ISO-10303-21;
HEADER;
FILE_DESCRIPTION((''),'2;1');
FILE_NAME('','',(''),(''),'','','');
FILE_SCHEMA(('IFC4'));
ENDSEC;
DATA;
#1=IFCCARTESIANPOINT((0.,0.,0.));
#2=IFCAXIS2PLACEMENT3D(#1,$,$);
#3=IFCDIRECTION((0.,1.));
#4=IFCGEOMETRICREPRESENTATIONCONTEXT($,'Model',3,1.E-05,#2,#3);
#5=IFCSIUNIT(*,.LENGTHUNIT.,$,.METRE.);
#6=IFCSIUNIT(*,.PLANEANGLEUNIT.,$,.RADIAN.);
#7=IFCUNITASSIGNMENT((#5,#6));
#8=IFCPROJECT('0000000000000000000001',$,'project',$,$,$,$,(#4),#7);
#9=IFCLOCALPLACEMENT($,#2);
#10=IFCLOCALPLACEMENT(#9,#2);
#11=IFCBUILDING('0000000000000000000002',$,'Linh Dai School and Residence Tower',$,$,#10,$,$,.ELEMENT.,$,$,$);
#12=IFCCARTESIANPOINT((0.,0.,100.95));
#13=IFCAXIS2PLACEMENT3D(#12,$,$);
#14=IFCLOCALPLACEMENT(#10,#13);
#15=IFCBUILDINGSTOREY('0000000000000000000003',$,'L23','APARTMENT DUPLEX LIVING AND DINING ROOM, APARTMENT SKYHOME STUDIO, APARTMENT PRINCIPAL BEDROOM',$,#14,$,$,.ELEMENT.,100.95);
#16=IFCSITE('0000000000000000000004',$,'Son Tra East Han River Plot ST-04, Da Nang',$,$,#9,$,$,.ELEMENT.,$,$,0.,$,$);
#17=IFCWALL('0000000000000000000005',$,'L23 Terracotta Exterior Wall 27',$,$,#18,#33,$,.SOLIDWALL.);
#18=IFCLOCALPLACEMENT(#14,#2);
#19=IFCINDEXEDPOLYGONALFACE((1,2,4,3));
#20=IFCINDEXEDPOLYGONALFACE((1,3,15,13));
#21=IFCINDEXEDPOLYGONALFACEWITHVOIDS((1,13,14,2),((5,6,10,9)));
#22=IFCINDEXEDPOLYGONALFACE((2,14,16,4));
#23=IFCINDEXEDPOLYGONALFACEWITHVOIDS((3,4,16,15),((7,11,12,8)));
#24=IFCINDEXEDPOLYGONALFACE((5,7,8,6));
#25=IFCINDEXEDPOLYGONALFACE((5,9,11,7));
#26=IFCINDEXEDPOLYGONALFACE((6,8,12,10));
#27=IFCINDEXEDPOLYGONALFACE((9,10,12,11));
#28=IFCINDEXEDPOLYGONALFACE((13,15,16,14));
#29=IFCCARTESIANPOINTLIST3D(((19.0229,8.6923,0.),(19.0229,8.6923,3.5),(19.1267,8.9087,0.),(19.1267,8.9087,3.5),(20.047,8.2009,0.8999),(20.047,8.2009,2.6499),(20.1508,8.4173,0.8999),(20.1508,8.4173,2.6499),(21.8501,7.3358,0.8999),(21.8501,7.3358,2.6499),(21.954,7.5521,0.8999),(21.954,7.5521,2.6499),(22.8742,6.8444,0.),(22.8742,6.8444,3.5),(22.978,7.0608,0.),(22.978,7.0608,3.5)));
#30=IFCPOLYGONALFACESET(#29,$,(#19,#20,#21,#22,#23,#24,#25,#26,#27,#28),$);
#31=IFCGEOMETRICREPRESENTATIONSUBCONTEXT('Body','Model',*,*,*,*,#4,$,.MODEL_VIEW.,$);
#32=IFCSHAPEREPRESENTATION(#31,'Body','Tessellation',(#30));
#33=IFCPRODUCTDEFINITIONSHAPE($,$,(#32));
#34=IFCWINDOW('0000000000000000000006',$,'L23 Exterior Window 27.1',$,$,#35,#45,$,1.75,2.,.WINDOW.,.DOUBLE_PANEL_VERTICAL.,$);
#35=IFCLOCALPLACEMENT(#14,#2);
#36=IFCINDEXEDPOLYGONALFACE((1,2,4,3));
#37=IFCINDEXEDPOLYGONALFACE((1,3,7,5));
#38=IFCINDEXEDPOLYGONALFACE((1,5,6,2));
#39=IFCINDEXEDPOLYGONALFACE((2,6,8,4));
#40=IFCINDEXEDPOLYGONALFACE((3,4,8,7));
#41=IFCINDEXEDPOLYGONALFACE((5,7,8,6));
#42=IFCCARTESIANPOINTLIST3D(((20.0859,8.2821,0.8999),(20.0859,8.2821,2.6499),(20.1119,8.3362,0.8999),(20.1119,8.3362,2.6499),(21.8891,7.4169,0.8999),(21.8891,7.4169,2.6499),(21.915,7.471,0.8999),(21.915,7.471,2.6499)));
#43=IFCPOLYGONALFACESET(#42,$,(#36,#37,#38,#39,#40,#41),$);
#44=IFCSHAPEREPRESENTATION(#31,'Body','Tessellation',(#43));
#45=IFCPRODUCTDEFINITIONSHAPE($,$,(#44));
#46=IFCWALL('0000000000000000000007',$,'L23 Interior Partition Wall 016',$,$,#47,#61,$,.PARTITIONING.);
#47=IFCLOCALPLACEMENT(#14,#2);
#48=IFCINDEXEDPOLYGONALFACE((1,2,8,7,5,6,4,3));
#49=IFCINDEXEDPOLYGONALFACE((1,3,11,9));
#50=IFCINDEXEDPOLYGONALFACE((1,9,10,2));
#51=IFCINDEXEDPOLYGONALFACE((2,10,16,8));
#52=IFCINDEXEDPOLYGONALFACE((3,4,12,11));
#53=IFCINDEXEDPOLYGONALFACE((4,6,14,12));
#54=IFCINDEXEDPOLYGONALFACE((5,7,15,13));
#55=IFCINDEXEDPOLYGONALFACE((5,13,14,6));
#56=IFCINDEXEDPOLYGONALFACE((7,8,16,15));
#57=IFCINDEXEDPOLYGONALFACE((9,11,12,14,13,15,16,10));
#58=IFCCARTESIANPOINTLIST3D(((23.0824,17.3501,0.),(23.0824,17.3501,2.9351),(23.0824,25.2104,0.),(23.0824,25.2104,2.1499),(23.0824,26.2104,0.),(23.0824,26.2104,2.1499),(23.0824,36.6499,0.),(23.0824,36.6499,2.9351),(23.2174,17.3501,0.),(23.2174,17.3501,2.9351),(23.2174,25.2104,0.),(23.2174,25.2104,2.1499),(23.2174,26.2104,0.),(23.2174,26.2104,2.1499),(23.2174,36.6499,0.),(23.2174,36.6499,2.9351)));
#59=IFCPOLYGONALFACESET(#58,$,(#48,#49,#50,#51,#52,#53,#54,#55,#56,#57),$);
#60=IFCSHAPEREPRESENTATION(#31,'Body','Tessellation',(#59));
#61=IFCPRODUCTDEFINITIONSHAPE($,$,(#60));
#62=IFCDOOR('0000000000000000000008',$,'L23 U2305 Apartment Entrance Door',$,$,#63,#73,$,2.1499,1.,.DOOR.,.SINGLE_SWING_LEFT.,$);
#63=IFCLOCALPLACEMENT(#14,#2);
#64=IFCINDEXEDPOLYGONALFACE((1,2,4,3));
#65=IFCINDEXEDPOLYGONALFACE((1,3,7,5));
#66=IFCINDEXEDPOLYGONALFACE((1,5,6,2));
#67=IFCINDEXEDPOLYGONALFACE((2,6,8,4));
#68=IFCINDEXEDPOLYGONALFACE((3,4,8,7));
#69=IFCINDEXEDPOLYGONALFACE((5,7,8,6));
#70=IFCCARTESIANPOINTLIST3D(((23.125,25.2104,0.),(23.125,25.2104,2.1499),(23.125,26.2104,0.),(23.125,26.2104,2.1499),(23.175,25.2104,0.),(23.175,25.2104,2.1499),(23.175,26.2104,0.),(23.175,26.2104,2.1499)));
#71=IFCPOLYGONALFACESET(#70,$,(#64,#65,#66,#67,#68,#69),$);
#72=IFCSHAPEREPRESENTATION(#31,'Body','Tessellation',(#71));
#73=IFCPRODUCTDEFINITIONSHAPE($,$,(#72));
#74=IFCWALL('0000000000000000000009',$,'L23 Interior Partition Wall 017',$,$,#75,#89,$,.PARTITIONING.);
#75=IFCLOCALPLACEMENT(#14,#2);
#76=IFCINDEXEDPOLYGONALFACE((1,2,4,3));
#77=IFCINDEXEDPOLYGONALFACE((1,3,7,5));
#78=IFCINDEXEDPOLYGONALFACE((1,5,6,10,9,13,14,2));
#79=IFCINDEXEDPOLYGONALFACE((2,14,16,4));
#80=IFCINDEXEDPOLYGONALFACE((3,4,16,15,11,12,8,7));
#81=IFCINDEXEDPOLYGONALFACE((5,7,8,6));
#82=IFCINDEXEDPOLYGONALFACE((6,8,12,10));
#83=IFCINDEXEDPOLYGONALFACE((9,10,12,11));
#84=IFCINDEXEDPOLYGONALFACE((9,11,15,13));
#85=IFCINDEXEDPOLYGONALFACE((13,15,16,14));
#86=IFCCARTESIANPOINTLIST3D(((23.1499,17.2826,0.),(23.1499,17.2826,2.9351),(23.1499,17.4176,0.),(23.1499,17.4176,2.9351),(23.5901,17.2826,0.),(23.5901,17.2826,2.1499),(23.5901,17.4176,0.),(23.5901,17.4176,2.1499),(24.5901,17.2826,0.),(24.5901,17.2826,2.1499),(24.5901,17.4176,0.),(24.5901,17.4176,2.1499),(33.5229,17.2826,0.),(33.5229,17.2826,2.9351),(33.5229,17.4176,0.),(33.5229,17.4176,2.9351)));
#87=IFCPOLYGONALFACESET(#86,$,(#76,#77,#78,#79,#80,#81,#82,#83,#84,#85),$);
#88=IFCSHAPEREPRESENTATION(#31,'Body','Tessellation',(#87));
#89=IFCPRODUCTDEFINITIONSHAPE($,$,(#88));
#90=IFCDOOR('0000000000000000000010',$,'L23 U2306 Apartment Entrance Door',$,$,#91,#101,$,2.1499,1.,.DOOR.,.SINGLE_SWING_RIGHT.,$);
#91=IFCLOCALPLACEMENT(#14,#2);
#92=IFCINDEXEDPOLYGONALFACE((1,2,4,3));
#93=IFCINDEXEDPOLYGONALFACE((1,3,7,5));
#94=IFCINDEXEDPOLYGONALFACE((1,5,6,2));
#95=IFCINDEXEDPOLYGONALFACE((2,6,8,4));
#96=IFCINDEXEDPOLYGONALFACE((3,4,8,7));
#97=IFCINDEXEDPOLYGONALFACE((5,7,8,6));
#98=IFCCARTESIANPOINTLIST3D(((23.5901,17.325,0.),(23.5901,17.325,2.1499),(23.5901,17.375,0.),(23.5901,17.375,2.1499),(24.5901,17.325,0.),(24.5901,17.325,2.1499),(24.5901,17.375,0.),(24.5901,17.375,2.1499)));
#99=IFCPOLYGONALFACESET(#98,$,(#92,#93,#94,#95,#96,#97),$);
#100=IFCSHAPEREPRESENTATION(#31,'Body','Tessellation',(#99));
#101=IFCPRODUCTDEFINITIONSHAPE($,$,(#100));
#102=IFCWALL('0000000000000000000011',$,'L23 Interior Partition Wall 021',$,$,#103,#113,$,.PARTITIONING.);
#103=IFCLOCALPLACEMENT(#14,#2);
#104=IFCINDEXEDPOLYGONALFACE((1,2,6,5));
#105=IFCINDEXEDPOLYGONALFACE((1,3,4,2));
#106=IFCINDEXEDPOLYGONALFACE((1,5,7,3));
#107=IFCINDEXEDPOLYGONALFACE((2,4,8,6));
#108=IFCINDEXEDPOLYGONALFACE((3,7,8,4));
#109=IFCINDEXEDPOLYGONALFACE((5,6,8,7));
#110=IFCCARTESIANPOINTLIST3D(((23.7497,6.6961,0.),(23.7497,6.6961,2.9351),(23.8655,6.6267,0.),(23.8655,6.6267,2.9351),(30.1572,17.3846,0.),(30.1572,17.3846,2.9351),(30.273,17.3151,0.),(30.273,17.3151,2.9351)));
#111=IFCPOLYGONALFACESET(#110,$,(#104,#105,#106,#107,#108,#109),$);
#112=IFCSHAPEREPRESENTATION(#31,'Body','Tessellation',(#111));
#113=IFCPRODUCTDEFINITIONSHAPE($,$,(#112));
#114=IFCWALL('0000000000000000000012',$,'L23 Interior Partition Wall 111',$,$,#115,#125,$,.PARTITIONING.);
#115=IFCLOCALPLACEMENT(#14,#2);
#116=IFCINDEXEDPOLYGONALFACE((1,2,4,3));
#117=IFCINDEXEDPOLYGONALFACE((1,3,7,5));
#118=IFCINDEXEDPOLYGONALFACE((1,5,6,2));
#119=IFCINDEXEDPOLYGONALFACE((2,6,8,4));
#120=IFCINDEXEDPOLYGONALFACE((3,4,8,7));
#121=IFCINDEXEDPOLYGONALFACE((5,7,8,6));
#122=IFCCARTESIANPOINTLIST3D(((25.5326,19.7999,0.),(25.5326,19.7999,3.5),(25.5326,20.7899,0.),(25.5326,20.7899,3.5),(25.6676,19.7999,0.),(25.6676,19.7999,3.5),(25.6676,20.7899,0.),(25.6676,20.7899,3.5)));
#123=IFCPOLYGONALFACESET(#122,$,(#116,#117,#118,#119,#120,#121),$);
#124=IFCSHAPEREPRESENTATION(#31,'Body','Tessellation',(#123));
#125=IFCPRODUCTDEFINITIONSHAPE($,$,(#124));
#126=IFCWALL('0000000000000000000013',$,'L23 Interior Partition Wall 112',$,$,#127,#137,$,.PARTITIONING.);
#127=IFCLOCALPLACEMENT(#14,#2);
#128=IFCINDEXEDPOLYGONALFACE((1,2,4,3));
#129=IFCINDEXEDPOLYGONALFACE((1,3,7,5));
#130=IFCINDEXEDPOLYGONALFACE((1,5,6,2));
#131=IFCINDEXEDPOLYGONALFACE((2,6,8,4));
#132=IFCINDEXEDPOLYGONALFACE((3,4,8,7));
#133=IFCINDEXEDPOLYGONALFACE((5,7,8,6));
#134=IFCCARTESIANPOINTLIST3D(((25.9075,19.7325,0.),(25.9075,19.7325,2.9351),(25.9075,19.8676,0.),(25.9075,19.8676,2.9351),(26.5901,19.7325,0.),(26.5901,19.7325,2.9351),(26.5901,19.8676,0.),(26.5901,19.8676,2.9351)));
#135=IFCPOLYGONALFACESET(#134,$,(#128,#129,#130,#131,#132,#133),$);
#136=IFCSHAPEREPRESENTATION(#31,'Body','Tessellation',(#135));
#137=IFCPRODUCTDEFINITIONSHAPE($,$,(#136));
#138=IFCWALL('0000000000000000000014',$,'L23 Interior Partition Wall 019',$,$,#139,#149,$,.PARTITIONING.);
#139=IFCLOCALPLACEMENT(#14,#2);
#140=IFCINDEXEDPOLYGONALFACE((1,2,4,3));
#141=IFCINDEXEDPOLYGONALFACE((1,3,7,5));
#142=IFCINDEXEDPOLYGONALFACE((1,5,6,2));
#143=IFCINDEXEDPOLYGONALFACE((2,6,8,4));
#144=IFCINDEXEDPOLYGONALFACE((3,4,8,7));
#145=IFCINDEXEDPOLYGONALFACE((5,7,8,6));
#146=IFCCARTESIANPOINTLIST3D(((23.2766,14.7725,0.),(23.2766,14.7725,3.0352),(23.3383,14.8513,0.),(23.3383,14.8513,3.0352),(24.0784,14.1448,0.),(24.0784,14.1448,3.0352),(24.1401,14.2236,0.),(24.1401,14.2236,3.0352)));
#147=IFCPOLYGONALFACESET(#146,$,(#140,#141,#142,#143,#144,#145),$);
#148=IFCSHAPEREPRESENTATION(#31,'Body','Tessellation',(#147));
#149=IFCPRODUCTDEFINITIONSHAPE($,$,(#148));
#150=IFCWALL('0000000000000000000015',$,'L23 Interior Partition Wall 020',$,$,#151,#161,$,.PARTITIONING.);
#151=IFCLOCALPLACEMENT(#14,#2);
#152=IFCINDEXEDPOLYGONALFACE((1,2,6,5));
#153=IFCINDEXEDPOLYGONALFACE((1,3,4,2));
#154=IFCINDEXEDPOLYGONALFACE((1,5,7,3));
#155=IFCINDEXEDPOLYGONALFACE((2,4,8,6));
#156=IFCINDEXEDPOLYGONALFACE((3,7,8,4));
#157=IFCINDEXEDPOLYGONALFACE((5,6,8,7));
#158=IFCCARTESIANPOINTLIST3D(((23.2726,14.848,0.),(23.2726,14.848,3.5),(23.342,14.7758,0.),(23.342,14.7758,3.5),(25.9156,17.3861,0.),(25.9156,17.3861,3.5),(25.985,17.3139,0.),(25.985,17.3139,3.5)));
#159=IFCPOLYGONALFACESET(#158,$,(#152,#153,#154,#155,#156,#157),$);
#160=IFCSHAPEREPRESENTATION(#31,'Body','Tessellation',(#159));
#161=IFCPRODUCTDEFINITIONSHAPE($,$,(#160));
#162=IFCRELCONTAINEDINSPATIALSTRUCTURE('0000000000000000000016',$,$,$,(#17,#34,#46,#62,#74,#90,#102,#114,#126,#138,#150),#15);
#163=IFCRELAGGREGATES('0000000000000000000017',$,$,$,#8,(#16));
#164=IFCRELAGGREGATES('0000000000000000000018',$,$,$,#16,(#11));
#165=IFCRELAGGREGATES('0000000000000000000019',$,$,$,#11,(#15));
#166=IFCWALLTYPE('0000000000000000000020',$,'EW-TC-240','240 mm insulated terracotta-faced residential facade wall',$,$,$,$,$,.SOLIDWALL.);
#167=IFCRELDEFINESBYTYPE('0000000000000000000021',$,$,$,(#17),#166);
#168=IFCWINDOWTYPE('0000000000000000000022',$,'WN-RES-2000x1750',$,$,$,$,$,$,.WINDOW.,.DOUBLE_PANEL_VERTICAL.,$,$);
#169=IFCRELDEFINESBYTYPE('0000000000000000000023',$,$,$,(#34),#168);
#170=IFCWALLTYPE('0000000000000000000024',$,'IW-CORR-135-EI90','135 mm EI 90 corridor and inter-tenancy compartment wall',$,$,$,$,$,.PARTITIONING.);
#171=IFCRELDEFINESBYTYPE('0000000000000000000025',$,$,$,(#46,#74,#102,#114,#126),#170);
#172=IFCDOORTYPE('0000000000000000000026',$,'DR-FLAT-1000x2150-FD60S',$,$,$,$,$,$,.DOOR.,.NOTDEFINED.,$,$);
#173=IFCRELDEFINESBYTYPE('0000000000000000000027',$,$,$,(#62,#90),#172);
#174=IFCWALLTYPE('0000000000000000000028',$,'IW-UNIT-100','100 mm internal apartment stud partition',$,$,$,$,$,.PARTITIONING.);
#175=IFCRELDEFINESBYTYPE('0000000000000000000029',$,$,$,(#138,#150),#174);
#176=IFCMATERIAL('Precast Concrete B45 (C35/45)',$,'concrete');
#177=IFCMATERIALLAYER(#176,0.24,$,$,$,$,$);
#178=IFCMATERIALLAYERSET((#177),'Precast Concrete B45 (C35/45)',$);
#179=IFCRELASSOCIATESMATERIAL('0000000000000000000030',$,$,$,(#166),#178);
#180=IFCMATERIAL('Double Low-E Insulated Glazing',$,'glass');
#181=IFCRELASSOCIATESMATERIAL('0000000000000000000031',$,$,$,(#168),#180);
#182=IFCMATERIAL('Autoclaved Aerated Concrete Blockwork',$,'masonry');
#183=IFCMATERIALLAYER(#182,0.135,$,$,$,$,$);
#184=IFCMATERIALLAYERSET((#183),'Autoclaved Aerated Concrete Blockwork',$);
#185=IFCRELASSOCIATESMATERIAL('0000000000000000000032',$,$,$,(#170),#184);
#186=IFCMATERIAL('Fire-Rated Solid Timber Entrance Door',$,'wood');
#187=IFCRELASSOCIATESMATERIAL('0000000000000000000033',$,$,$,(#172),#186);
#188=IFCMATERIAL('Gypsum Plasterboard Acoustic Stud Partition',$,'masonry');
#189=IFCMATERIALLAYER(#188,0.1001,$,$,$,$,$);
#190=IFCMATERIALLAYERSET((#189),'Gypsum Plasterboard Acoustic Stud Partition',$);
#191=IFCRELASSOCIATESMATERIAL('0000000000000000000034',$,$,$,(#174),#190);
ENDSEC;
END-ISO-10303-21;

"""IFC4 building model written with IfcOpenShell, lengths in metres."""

from ifc_helpers import new_model, si_unit, direction, frame, frame_2d, origin, origin_2d, place, context, subcontext, project, spatial, rectangle, extrude, source, transform, mapped, material, layer, layer_set, type_object, element, fill, save


model = new_model("IFC4")

# Units and contexts
model_context = context("Model", 3, precision=1e-05, world=origin(), true_north=direction((0.0, 1.0)))
body_context = subcontext(model_context, "Body", "Model", "MODEL_VIEW")
ifc_project = project(units=[si_unit("LENGTHUNIT", "METRE"), si_unit("PLANEANGLEUNIT", "RADIAN")], contexts=[model_context])

# Site, building, storey
site_placement = place(None, origin())
site = spatial("IfcSite", under=ifc_project, at=site_placement, Name="Son Tra East Han River Plot ST-04, Da Nang", CompositionType="ELEMENT", RefElevation=0.0)
building_placement = place(site_placement, origin())
building = spatial("IfcBuilding", under=site, at=building_placement, Name="Linh Dai School and Residence Tower", CompositionType="ELEMENT")
storey_placement = place(building_placement, frame((0.0, 0.0, 100.95)))
storey = spatial("IfcBuildingStorey", under=building, at=storey_placement, Name="L23", Description="APARTMENT DUPLEX LIVING AND DINING ROOM, APARTMENT SKYHOME STUDIO, APARTMENT PRINCIPAL BEDROOM", CompositionType="ELEMENT", Elevation=100.95)

# Shared definitions
ifc_material_1 = material(Name="Precast Concrete B45 (C35/45)", Category="concrete")

# Shared definitions
ifc_layer_1 = layer(ifc_material_1, 0.24)
ifc_layer_set_1 = layer_set([ifc_layer_1], Name="Precast Concrete B45 (C35/45)")
wall_type_1 = type_object("IfcWallType", Name="EW-TC-240", Description="240 mm insulated terracotta-faced residential facade wall", PredefinedType="SOLIDWALL", material=ifc_layer_set_1)

# Wall, opening, window
wall_1_placement = place(storey_placement, frame((22.926, 6.9526, 0.0), z_axis=(0.0, 0.0, 1.0), x_axis=(-0.90159, 0.432592, 0.0)))
wall_1 = element("IfcWall", 1, at=wall_1_placement, inside=storey, type_object=wall_type_1, Name="L23 Terracotta Exterior Wall 27", PredefinedType="SOLIDWALL", context=body_context, shape_type="SweptSolid", body=[
    extrude(rectangle(XDim=4.2717, YDim=0.24, at=frame_2d((2.1357, 0.0))), origin(), (0.0, 0.0, 1.0), 3.5),
])
opening_1_placement = place(wall_1_placement, frame((1.1357, 0.0, 0.8999)))
opening_1 = element("IfcOpeningElement", 2, at=opening_1_placement, cuts=wall_1, PredefinedType="OPENING", context=body_context, shape_type="SweptSolid", body=[
    extrude(rectangle(XDim=2.0, YDim=1.75, at=origin_2d()), frame((1.0, 0.1299, 0.875), z_axis=(0.0, -1.0, 0.0), x_axis=(1.0, 0.0, 0.0)), (0.0, 0.0, 1.0), 0.26),
])
ifc_material_2 = material(Name="Double Low-E Insulated Glazing", Category="glass")
window_type = type_object("IfcWindowType", Name="WN-RES-2000x1750", PartitioningType="DOUBLE_PANEL_VERTICAL", PredefinedType="WINDOW", material=ifc_material_2)
shared_shape_1 = source(origin(), body_context, "Body", "SweptSolid", [
    extrude(rectangle(XDim=2.0, YDim=1.75, at=origin_2d()), frame((1.0, 0.03, 0.875), z_axis=(0.0, -1.0, 0.0), x_axis=(1.0, 0.0, 0.0)), (0.0, 0.0, 1.0), 0.0601),
])
window_placement = place(opening_1_placement, origin())
window = element("IfcWindow", 3, at=window_placement, inside=storey, type_object=window_type, Name="L23 Exterior Window 27.1", OverallHeight=1.75, OverallWidth=2.0, PartitioningType="DOUBLE_PANEL_VERTICAL", PredefinedType="WINDOW", context=body_context, shape_type="MappedRepresentation", body=[
    mapped(shared_shape_1, transform((0.0, 0.0, 0.0), x_axis=(1.0, 0.0, 0.0), y_axis=(0.0, 1.0, 0.0), z_axis=(0.0, 0.0, 1.0), scale=1.0)),
])
fill(opening_1, window)

# Walls, openings, doors
ifc_material_3 = material(Name="Autoclaved Aerated Concrete Blockwork", Category="masonry")
ifc_layer_2 = layer(ifc_material_3, 0.135)
ifc_layer_set_2 = layer_set([ifc_layer_2], Name="Autoclaved Aerated Concrete Blockwork")
wall_type_2 = type_object("IfcWallType", Name="IW-CORR-135-EI90", Description="135 mm EI 90 corridor and inter-tenancy compartment wall", PredefinedType="PARTITIONING", material=ifc_layer_set_2)
wall_2_placement = place(storey_placement, frame((23.1499, 17.3501, 0.0), z_axis=(0.0, 0.0, 1.0), x_axis=(0.0, 1.0, 0.0)))
wall_2 = element("IfcWall", 4, at=wall_2_placement, inside=storey, type_object=wall_type_2, Name="L23 Interior Partition Wall 016", PredefinedType="PARTITIONING", context=body_context, shape_type="SweptSolid", body=[
    extrude(rectangle(XDim=19.2998, YDim=0.135, at=frame_2d((9.6499, 0.0))), origin(), (0.0, 0.0, 1.0), 2.9351),
])
opening_2_placement = place(wall_2_placement, frame((7.8604, 0.0, 0.0)))
opening_2 = element("IfcOpeningElement", 5, at=opening_2_placement, cuts=wall_2, PredefinedType="OPENING", context=body_context, shape_type="SweptSolid", body=[
    extrude(rectangle(XDim=1.0, YDim=2.1499, at=origin_2d()), frame((0.5, 0.0776, 1.075), z_axis=(0.0, -1.0, 0.0), x_axis=(1.0, 0.0, 0.0)), (0.0, 0.0, 1.0), 0.155),
])
ifc_material_4 = material(Name="Fire-Rated Solid Timber Entrance Door", Category="wood")
door_type_1 = type_object("IfcDoorType", Name="DR-FLAT-1000x2150-FD60S", OperationType="NOTDEFINED", PredefinedType="DOOR", material=ifc_material_4)
shared_shape_2 = source(origin(), body_context, "Body", "SweptSolid", [
    extrude(rectangle(XDim=1.0, YDim=2.1499, at=origin_2d()), frame((0.5, 0.0249, 1.075), z_axis=(0.0, -1.0, 0.0), x_axis=(1.0, 0.0, 0.0)), (0.0, 0.0, 1.0), 0.05),
])
door_1_placement = place(opening_2_placement, origin())
door_1 = element("IfcDoor", 6, at=door_1_placement, inside=storey, type_object=door_type_1, Name="L23 U2305 Apartment Entrance Door", OperationType="SINGLE_SWING_LEFT", OverallHeight=2.1499, OverallWidth=1.0, PredefinedType="DOOR", context=body_context, shape_type="MappedRepresentation", body=[
    mapped(shared_shape_2, transform((0.0, 0.0, 0.0), x_axis=(1.0, 0.0, 0.0), y_axis=(0.0, 1.0, 0.0), z_axis=(0.0, 0.0, 1.0), scale=1.0)),
])
fill(opening_2, door_1)
wall_3_placement = place(storey_placement, frame((23.1499, 17.3501, 0.0), z_axis=(0.0, 0.0, 1.0), x_axis=(1.0, 0.0, 0.0)))
wall_3 = element("IfcWall", 7, at=wall_3_placement, inside=storey, type_object=wall_type_2, Name="L23 Interior Partition Wall 017", PredefinedType="PARTITIONING", context=body_context, shape_type="SweptSolid", body=[
    extrude(rectangle(XDim=10.373, YDim=0.135, at=frame_2d((5.1865, 0.0))), origin(), (0.0, 0.0, 1.0), 2.9351),
])
opening_3_placement = place(wall_3_placement, frame((0.4402, 0.0, 0.0)))
opening_3 = element("IfcOpeningElement", 8, at=opening_3_placement, cuts=wall_3, PredefinedType="OPENING", context=body_context, shape_type="SweptSolid", body=[
    extrude(rectangle(XDim=1.0, YDim=2.1499, at=origin_2d()), frame((0.5, 0.0776, 1.075), z_axis=(0.0, -1.0, 0.0), x_axis=(1.0, 0.0, 0.0)), (0.0, 0.0, 1.0), 0.155),
])
door_2_placement = place(opening_3_placement, origin())
door_2 = element("IfcDoor", 9, at=door_2_placement, inside=storey, type_object=door_type_1, Name="L23 U2306 Apartment Entrance Door", OperationType="SINGLE_SWING_RIGHT", OverallHeight=2.1499, OverallWidth=1.0, PredefinedType="DOOR", context=body_context, shape_type="MappedRepresentation", body=[
    mapped(shared_shape_2, transform((0.0, 0.0, 0.0), x_axis=(1.0, 0.0, 0.0), y_axis=(0.0, 1.0, 0.0), z_axis=(0.0, 0.0, 1.0), scale=1.0)),
])
fill(opening_3, door_2)

# Walls
wall_4_placement = place(storey_placement, frame((23.8076, 6.6614, 0.0), z_axis=(0.0, 0.0, 1.0), x_axis=(0.514164, 0.857692, 0.0)))
element("IfcWall", 10, at=wall_4_placement, inside=storey, type_object=wall_type_2, Name="L23 Interior Partition Wall 021", PredefinedType="PARTITIONING", context=body_context, shape_type="SweptSolid", body=[
    extrude(rectangle(XDim=12.4619, YDim=0.135, at=frame_2d((6.231, 0.0))), origin(), (0.0, 0.0, 1.0), 2.9351),
])
wall_5_placement = place(storey_placement, frame((25.6001, 20.79, 0.0), z_axis=(0.0, 0.0, 1.0), x_axis=(0.0, -1.0, 0.0)))
element("IfcWall", 11, at=wall_5_placement, inside=storey, type_object=wall_type_2, Name="L23 Interior Partition Wall 111", PredefinedType="PARTITIONING", context=body_context, shape_type="SweptSolid", body=[
    extrude(rectangle(XDim=0.99, YDim=0.135, at=frame_2d((0.4951, 0.0))), origin(), (0.0, 0.0, 1.0), 3.5),
])
wall_6_placement = place(storey_placement, frame((25.9075, 19.8, 0.0), z_axis=(0.0, 0.0, 1.0), x_axis=(1.0, 0.0, 0.0)))
element("IfcWall", 12, at=wall_6_placement, inside=storey, type_object=wall_type_2, Name="L23 Interior Partition Wall 112", PredefinedType="PARTITIONING", context=body_context, shape_type="SweptSolid", body=[
    extrude(rectangle(XDim=0.6826, YDim=0.135, at=frame_2d((0.3413, 0.0))), origin(), (0.0, 0.0, 1.0), 2.9351),
])
ifc_material_5 = material(Name="Gypsum Plasterboard Acoustic Stud Partition", Category="masonry")
ifc_layer_3 = layer(ifc_material_5, 0.1001)
ifc_layer_set_3 = layer_set([ifc_layer_3], Name="Gypsum Plasterboard Acoustic Stud Partition")
wall_type_3 = type_object("IfcWallType", Name="IW-UNIT-100", Description="100 mm internal apartment stud partition", PredefinedType="PARTITIONING", material=ifc_layer_set_3)
wall_7_placement = place(storey_placement, frame((23.3074, 14.812, 0.0), z_axis=(0.0, 0.0, 1.0), x_axis=(0.787399, -0.616444, 0.0)))
element("IfcWall", 13, at=wall_7_placement, inside=storey, type_object=wall_type_3, Name="L23 Interior Partition Wall 019", PredefinedType="PARTITIONING", context=body_context, shape_type="SweptSolid", body=[
    extrude(rectangle(XDim=1.0183, YDim=0.1001, at=frame_2d((0.5093, 0.0))), origin(), (0.0, 0.0, 1.0), 3.0352),
])
wall_8_placement = place(storey_placement, frame((23.3074, 14.812, 0.0), z_axis=(0.0, 0.0, 1.0), x_axis=(0.721286, 0.692637, 0.0)))
element("IfcWall", 14, at=wall_8_placement, inside=storey, type_object=wall_type_3, Name="L23 Interior Partition Wall 020", PredefinedType="PARTITIONING", context=body_context, shape_type="SweptSolid", body=[
    extrude(rectangle(XDim=3.6643, YDim=0.1001, at=frame_2d((1.832, 0.0))), origin(), (0.0, 0.0, 1.0), 3.5),
])

save(model, "model.ifc")
